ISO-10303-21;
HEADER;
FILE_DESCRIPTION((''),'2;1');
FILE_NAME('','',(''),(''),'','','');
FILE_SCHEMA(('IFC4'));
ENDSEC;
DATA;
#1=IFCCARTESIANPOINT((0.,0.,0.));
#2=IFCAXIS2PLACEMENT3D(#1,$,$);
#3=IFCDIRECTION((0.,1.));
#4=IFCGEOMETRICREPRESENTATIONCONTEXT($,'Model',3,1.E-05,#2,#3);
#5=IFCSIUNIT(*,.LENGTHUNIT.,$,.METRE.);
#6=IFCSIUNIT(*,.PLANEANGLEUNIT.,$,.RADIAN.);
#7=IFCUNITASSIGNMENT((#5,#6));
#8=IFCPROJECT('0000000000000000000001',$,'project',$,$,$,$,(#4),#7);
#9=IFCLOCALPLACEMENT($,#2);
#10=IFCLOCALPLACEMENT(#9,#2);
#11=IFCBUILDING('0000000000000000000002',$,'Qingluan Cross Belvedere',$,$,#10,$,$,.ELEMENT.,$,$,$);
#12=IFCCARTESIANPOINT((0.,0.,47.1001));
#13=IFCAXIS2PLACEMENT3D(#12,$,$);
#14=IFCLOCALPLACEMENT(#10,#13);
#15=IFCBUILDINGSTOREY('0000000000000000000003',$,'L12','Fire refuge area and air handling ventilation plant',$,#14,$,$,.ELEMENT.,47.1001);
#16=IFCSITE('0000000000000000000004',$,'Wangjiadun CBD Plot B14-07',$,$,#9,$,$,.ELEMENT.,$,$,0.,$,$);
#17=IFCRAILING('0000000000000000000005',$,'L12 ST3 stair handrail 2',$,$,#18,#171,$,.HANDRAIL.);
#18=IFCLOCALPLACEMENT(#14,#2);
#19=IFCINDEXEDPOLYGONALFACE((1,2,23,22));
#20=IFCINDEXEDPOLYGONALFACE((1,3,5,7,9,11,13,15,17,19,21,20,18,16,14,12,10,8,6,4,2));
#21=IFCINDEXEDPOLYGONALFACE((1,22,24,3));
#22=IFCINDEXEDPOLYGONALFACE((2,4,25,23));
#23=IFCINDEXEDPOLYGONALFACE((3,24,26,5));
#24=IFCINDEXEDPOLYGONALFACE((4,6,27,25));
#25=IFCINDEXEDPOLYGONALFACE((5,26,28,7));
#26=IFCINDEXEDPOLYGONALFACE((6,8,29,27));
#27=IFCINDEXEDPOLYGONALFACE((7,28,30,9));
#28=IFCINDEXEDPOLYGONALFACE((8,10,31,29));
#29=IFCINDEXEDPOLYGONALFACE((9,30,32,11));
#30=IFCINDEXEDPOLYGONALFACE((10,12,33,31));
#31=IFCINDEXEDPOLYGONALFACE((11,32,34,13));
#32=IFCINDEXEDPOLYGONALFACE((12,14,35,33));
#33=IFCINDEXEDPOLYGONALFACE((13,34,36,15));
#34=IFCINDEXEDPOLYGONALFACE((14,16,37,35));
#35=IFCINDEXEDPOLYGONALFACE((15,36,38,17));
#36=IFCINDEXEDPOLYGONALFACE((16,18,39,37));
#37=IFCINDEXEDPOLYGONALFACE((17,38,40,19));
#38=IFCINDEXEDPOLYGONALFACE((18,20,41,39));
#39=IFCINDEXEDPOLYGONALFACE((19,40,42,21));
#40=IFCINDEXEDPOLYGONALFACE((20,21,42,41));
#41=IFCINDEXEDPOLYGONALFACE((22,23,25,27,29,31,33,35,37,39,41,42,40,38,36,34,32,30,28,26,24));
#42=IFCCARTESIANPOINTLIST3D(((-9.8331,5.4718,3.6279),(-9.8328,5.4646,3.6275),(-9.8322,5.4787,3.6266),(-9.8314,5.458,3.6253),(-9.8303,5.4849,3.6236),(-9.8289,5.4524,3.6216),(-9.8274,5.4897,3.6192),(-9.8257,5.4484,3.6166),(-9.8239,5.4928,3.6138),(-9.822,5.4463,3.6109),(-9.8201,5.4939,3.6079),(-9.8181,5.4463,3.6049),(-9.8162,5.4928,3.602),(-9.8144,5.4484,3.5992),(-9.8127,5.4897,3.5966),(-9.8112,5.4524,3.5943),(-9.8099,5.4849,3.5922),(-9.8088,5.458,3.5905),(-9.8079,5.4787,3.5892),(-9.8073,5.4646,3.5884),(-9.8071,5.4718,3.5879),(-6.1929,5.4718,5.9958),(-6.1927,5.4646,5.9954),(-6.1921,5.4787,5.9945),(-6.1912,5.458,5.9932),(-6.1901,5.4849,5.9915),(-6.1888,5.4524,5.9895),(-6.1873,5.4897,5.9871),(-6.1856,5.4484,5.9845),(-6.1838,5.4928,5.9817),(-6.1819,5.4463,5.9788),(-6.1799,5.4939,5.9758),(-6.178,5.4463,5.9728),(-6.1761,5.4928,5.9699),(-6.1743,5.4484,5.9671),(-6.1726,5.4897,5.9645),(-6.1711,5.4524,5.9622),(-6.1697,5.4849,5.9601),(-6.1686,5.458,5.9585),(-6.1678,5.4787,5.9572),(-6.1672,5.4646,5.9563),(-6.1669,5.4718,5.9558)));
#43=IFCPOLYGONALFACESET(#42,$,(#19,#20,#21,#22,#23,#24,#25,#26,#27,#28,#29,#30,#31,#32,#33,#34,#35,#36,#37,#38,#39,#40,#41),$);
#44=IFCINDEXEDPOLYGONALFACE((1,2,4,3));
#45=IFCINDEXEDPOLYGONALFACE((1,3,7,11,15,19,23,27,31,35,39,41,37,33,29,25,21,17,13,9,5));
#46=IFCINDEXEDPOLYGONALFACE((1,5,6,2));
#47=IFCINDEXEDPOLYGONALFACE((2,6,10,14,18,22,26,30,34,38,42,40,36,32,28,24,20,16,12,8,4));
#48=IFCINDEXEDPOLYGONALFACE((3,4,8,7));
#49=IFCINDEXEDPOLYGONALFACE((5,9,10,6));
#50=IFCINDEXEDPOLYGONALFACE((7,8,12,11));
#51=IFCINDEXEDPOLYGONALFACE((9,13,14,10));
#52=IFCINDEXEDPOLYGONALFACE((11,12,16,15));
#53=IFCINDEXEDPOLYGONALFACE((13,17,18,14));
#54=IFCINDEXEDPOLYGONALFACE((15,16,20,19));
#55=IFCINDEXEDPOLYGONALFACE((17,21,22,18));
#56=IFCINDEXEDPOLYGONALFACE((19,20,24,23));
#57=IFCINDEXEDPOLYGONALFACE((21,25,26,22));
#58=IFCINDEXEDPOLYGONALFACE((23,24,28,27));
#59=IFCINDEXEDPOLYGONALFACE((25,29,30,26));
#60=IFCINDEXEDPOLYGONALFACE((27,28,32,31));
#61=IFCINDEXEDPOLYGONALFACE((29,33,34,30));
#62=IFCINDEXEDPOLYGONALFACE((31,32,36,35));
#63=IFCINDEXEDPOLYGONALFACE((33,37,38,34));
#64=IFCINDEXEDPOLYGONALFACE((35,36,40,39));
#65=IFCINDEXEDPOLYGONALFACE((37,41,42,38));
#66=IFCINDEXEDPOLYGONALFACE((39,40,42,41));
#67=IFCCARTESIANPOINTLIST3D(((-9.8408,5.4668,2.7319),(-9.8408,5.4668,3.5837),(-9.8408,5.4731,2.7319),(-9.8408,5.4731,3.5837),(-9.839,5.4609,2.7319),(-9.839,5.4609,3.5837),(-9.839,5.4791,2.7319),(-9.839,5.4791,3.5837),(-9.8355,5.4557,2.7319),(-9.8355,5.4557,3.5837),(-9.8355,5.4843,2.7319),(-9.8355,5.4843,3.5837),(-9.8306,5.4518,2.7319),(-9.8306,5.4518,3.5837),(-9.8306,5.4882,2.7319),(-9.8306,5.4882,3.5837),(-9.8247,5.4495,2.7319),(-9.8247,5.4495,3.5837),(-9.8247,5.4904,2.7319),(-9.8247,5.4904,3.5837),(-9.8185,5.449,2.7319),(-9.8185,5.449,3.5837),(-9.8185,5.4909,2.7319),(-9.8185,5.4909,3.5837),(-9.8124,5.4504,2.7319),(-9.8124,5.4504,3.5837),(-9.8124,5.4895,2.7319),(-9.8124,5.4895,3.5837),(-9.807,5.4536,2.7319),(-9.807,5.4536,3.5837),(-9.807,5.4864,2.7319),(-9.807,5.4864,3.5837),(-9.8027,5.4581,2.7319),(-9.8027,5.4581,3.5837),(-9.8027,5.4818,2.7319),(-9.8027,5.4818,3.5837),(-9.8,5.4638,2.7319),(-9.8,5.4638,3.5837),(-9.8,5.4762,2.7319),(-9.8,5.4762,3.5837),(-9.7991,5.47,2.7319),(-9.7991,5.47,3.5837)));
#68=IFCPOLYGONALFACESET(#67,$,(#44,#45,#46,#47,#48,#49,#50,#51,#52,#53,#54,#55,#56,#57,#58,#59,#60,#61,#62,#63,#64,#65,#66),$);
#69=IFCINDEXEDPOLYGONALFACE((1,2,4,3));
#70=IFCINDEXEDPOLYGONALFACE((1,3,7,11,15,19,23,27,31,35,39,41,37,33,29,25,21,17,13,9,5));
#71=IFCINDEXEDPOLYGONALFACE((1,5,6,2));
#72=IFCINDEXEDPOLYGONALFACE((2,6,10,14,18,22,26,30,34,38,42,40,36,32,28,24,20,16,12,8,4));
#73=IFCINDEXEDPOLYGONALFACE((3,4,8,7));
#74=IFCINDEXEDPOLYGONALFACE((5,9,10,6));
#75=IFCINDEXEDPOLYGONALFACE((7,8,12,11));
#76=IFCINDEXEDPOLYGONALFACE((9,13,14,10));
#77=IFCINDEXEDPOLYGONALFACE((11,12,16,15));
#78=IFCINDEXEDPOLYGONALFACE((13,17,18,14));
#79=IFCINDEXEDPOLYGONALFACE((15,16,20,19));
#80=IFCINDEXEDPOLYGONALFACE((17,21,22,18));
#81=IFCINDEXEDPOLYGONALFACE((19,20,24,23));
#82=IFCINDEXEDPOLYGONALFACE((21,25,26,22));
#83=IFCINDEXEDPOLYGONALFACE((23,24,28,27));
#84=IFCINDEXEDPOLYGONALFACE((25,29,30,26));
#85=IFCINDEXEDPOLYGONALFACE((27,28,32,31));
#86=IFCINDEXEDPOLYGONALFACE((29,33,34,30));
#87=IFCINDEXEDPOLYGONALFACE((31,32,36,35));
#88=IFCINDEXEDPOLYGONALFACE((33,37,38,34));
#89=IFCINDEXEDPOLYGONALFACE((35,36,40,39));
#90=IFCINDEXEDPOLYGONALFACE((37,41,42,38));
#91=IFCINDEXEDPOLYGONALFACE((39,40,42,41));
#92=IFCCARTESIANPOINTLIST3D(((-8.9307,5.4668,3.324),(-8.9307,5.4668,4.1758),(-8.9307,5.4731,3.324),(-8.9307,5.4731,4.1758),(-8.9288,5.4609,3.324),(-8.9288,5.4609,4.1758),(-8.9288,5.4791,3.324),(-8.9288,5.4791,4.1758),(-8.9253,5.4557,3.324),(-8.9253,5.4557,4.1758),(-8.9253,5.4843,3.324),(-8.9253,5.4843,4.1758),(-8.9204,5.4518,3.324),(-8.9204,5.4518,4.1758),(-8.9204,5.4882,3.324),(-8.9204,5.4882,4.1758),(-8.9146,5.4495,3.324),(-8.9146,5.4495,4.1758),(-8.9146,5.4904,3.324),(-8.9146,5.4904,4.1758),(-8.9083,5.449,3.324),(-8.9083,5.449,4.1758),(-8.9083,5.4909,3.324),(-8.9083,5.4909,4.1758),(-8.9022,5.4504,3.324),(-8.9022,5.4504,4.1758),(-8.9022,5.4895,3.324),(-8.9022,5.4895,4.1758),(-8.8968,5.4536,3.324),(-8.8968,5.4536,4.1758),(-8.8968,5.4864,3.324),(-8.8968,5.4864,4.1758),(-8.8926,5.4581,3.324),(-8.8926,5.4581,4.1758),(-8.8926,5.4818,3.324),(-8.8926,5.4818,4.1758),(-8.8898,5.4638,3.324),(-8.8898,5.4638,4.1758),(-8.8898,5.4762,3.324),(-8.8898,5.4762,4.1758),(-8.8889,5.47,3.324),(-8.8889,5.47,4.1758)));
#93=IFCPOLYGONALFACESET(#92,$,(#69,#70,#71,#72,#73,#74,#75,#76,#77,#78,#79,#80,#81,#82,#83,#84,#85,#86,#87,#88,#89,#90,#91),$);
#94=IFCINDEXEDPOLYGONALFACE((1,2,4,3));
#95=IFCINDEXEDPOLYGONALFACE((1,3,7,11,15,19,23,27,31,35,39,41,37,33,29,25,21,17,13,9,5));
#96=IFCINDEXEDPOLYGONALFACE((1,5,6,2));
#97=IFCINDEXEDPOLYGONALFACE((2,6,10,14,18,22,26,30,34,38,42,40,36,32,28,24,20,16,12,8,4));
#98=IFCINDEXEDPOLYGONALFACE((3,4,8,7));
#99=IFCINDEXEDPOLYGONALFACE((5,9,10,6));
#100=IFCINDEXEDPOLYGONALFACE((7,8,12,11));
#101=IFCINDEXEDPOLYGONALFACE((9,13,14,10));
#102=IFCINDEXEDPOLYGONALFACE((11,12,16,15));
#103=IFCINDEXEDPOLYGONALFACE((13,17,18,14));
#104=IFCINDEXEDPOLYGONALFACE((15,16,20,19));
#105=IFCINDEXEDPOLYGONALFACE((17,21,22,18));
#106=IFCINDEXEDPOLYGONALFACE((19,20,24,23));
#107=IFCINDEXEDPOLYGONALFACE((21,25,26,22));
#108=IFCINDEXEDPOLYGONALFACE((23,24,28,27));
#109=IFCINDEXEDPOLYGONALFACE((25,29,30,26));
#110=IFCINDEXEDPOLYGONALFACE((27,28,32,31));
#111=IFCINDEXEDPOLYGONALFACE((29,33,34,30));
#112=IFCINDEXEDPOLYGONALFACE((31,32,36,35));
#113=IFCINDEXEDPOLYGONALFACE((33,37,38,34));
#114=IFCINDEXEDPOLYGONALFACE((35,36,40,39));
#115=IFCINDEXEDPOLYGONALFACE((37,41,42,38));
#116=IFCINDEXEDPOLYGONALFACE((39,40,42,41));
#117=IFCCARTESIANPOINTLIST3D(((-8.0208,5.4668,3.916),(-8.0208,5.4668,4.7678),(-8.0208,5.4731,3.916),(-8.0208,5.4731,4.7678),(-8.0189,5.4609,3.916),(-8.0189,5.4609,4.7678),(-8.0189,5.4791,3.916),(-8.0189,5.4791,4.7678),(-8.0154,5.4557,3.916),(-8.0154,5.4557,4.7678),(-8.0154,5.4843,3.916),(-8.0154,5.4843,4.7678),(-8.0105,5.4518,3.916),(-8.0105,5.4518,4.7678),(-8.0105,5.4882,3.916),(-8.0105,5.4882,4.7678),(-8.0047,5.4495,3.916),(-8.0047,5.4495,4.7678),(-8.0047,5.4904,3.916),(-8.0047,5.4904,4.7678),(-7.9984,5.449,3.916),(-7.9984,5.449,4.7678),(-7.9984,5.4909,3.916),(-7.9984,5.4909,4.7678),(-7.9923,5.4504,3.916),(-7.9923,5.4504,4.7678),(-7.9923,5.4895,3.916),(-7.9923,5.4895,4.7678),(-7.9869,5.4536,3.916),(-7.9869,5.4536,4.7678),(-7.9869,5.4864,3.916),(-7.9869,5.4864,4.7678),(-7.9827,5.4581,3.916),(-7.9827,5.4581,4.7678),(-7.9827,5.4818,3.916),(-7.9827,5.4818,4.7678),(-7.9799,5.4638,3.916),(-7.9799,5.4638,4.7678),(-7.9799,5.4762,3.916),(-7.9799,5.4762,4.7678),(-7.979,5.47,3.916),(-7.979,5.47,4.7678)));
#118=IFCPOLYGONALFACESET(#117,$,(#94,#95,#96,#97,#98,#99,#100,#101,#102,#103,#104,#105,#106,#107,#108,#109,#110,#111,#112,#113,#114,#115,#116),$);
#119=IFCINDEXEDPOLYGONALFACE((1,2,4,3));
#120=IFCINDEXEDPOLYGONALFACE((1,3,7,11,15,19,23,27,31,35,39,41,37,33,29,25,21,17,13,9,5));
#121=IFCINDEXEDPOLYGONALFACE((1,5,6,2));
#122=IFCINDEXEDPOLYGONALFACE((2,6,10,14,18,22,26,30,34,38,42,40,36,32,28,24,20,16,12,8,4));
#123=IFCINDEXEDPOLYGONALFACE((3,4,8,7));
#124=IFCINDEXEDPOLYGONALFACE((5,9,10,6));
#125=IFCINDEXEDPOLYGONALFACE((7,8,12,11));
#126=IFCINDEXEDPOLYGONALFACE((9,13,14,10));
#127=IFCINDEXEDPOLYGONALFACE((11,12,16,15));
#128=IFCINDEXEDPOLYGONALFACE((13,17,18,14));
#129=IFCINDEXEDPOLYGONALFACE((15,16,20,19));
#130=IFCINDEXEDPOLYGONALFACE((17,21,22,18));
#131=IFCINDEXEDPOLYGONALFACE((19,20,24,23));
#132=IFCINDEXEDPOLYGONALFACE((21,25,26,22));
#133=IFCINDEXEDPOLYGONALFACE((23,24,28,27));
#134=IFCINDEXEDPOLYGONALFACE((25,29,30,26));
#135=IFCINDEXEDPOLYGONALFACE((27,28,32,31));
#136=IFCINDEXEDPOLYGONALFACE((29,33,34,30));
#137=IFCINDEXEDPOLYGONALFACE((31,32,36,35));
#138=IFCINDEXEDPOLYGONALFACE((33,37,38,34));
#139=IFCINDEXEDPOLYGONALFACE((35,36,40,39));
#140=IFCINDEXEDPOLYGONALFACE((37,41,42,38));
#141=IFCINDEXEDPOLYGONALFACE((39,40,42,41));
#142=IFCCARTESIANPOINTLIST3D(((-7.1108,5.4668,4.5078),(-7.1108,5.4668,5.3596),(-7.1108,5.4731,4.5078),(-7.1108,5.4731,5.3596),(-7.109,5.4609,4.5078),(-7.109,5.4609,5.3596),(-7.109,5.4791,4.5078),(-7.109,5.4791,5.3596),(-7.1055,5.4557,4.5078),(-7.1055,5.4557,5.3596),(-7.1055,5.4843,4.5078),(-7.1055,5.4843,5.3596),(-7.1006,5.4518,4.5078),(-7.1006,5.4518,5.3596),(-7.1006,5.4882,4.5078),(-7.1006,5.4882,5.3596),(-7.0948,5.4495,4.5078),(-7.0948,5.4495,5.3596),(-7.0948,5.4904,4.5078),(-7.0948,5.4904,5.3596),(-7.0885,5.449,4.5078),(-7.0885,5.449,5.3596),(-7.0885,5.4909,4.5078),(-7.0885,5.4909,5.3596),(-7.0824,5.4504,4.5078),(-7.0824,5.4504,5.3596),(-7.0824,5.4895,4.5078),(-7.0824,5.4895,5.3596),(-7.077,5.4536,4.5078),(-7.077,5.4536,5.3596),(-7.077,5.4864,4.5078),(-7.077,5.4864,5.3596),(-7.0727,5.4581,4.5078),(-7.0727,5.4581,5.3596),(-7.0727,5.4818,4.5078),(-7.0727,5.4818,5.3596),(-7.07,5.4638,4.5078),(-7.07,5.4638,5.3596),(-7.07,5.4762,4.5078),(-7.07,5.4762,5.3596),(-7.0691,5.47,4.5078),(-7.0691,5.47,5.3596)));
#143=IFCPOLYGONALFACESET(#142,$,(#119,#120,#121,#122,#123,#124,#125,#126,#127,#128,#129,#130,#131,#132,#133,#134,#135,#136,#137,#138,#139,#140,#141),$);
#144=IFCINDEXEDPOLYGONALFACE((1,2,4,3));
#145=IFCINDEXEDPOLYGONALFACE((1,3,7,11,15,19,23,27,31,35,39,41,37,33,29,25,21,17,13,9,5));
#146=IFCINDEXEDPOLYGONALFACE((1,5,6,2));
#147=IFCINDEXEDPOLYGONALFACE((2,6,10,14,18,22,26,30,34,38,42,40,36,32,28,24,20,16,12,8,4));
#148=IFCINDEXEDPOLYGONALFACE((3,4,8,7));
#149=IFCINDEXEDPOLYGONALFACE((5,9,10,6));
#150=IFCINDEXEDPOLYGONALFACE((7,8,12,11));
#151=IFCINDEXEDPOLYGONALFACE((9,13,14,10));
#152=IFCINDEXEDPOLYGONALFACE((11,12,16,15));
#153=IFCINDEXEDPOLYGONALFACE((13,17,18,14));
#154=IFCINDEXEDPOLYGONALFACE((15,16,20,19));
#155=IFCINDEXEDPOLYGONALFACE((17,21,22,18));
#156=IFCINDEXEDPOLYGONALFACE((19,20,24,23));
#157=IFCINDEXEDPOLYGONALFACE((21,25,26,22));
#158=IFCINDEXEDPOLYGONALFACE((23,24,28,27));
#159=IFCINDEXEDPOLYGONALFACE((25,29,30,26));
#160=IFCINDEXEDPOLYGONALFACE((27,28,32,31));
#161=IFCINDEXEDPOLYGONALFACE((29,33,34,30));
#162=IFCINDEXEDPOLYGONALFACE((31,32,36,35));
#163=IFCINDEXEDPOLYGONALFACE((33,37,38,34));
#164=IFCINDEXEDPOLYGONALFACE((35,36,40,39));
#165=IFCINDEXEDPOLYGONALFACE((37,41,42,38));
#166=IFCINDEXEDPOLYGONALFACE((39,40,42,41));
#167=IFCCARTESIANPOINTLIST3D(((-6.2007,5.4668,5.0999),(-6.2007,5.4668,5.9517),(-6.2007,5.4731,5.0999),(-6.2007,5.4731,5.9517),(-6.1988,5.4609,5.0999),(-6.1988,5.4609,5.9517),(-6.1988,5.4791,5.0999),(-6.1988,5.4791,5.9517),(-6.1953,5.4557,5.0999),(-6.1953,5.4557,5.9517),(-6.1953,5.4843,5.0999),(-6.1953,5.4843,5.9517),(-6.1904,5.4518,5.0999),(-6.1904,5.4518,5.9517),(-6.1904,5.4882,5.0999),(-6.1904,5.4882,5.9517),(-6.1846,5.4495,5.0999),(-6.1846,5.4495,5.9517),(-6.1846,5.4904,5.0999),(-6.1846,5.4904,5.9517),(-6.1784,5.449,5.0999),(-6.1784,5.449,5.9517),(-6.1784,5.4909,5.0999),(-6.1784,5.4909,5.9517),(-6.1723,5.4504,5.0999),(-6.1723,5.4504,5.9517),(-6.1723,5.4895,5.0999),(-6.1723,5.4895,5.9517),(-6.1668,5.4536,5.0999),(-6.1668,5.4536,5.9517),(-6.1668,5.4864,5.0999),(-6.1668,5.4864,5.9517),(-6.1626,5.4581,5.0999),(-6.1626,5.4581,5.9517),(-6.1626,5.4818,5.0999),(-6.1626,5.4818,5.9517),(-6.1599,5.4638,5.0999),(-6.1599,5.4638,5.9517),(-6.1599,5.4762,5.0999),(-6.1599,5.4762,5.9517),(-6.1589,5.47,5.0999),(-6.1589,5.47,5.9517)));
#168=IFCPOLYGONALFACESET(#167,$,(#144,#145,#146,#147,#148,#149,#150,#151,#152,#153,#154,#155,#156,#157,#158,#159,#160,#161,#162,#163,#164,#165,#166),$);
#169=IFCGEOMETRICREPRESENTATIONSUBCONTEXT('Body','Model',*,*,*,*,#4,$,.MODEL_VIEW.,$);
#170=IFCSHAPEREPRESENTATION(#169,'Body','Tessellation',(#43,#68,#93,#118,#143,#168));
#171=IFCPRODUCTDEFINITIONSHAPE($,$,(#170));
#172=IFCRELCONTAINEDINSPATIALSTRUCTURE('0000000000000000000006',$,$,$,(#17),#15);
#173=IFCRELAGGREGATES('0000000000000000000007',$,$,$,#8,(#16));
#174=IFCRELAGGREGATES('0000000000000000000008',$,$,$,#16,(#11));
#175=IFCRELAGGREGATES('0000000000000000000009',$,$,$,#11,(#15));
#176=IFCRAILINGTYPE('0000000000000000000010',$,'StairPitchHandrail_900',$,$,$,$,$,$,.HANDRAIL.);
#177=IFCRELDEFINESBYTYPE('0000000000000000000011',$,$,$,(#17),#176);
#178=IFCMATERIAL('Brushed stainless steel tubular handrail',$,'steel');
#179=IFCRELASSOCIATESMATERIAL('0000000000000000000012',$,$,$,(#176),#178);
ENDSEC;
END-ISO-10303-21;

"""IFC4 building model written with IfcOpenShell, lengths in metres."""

from ifc_helpers import new_model, si_unit, direction, frame, origin, origin_2d, place, context, subcontext, project, spatial, circle, extrude, material, type_object, element, save


model = new_model("IFC4")

# Units and contexts
model_context = context("Model", 3, precision=1e-05, world=origin(), true_north=direction((0.0, 1.0)))
body_context = subcontext(model_context, "Body", "Model", "MODEL_VIEW")
ifc_project = project(units=[si_unit("LENGTHUNIT", "METRE"), si_unit("PLANEANGLEUNIT", "RADIAN")], contexts=[model_context])

# Site, building, storey
site_placement = place(None, origin())
site = spatial("IfcSite", under=ifc_project, at=site_placement, Name="Wangjiadun CBD Plot B14-07", CompositionType="ELEMENT", RefElevation=0.0)
building_placement = place(site_placement, origin())
building = spatial("IfcBuilding", under=site, at=building_placement, Name="Qingluan Cross Belvedere", CompositionType="ELEMENT")
storey_placement = place(building_placement, frame((0.0, 0.0, 47.1001)))
storey = spatial("IfcBuildingStorey", under=building, at=storey_placement, Name="L12", Description="Fire refuge area and air handling ventilation plant", CompositionType="ELEMENT", Elevation=47.1001)

# Railing
ifc_material_1 = material(Name="Brushed stainless steel tubular handrail", Category="steel")
railing_type_1 = type_object("IfcRailingType", Name="StairPitchHandrail_900", PredefinedType="HANDRAIL", material=ifc_material_1)
railing_1_placement = place(storey_placement, frame((-9.8201, 5.47, 2.7319)))
element("IfcRailing", 1, at=railing_1_placement, inside=storey, type_object=railing_type_1, Name="L12 ST3 stair handrail 2", PredefinedType="HANDRAIL", context=body_context, shape_type="SweptSolid", body=[
    extrude(circle(Radius=0.0239, at=origin_2d()), frame((0.0, 0.0, 0.876), z_axis=(0.838251, 0.0, 0.545285), x_axis=(0.0, 1.0, 0.0)), (0.0, 0.0, 1.0), 4.3425),
    extrude(circle(Radius=0.021, at=origin_2d()), origin(), (0.0, 0.0, 1.0), 0.8518),
    extrude(circle(Radius=0.021, at=origin_2d()), frame((0.9102, 0.0, 0.592)), (0.0, 0.0, 1.0), 0.8518),
    extrude(circle(Radius=0.021, at=origin_2d()), frame((1.8201, 0.0, 1.1841)), (0.0, 0.0, 1.0), 0.8518),
    extrude(circle(Radius=0.021, at=origin_2d()), frame((2.73, 0.0, 1.7759)), (0.0, 0.0, 1.0), 0.8518),
    extrude(circle(Radius=0.021, at=origin_2d()), frame((3.6401, 0.0, 2.3679)), (0.0, 0.0, 1.0), 0.8518),
])

save(model, "model.ifc")
